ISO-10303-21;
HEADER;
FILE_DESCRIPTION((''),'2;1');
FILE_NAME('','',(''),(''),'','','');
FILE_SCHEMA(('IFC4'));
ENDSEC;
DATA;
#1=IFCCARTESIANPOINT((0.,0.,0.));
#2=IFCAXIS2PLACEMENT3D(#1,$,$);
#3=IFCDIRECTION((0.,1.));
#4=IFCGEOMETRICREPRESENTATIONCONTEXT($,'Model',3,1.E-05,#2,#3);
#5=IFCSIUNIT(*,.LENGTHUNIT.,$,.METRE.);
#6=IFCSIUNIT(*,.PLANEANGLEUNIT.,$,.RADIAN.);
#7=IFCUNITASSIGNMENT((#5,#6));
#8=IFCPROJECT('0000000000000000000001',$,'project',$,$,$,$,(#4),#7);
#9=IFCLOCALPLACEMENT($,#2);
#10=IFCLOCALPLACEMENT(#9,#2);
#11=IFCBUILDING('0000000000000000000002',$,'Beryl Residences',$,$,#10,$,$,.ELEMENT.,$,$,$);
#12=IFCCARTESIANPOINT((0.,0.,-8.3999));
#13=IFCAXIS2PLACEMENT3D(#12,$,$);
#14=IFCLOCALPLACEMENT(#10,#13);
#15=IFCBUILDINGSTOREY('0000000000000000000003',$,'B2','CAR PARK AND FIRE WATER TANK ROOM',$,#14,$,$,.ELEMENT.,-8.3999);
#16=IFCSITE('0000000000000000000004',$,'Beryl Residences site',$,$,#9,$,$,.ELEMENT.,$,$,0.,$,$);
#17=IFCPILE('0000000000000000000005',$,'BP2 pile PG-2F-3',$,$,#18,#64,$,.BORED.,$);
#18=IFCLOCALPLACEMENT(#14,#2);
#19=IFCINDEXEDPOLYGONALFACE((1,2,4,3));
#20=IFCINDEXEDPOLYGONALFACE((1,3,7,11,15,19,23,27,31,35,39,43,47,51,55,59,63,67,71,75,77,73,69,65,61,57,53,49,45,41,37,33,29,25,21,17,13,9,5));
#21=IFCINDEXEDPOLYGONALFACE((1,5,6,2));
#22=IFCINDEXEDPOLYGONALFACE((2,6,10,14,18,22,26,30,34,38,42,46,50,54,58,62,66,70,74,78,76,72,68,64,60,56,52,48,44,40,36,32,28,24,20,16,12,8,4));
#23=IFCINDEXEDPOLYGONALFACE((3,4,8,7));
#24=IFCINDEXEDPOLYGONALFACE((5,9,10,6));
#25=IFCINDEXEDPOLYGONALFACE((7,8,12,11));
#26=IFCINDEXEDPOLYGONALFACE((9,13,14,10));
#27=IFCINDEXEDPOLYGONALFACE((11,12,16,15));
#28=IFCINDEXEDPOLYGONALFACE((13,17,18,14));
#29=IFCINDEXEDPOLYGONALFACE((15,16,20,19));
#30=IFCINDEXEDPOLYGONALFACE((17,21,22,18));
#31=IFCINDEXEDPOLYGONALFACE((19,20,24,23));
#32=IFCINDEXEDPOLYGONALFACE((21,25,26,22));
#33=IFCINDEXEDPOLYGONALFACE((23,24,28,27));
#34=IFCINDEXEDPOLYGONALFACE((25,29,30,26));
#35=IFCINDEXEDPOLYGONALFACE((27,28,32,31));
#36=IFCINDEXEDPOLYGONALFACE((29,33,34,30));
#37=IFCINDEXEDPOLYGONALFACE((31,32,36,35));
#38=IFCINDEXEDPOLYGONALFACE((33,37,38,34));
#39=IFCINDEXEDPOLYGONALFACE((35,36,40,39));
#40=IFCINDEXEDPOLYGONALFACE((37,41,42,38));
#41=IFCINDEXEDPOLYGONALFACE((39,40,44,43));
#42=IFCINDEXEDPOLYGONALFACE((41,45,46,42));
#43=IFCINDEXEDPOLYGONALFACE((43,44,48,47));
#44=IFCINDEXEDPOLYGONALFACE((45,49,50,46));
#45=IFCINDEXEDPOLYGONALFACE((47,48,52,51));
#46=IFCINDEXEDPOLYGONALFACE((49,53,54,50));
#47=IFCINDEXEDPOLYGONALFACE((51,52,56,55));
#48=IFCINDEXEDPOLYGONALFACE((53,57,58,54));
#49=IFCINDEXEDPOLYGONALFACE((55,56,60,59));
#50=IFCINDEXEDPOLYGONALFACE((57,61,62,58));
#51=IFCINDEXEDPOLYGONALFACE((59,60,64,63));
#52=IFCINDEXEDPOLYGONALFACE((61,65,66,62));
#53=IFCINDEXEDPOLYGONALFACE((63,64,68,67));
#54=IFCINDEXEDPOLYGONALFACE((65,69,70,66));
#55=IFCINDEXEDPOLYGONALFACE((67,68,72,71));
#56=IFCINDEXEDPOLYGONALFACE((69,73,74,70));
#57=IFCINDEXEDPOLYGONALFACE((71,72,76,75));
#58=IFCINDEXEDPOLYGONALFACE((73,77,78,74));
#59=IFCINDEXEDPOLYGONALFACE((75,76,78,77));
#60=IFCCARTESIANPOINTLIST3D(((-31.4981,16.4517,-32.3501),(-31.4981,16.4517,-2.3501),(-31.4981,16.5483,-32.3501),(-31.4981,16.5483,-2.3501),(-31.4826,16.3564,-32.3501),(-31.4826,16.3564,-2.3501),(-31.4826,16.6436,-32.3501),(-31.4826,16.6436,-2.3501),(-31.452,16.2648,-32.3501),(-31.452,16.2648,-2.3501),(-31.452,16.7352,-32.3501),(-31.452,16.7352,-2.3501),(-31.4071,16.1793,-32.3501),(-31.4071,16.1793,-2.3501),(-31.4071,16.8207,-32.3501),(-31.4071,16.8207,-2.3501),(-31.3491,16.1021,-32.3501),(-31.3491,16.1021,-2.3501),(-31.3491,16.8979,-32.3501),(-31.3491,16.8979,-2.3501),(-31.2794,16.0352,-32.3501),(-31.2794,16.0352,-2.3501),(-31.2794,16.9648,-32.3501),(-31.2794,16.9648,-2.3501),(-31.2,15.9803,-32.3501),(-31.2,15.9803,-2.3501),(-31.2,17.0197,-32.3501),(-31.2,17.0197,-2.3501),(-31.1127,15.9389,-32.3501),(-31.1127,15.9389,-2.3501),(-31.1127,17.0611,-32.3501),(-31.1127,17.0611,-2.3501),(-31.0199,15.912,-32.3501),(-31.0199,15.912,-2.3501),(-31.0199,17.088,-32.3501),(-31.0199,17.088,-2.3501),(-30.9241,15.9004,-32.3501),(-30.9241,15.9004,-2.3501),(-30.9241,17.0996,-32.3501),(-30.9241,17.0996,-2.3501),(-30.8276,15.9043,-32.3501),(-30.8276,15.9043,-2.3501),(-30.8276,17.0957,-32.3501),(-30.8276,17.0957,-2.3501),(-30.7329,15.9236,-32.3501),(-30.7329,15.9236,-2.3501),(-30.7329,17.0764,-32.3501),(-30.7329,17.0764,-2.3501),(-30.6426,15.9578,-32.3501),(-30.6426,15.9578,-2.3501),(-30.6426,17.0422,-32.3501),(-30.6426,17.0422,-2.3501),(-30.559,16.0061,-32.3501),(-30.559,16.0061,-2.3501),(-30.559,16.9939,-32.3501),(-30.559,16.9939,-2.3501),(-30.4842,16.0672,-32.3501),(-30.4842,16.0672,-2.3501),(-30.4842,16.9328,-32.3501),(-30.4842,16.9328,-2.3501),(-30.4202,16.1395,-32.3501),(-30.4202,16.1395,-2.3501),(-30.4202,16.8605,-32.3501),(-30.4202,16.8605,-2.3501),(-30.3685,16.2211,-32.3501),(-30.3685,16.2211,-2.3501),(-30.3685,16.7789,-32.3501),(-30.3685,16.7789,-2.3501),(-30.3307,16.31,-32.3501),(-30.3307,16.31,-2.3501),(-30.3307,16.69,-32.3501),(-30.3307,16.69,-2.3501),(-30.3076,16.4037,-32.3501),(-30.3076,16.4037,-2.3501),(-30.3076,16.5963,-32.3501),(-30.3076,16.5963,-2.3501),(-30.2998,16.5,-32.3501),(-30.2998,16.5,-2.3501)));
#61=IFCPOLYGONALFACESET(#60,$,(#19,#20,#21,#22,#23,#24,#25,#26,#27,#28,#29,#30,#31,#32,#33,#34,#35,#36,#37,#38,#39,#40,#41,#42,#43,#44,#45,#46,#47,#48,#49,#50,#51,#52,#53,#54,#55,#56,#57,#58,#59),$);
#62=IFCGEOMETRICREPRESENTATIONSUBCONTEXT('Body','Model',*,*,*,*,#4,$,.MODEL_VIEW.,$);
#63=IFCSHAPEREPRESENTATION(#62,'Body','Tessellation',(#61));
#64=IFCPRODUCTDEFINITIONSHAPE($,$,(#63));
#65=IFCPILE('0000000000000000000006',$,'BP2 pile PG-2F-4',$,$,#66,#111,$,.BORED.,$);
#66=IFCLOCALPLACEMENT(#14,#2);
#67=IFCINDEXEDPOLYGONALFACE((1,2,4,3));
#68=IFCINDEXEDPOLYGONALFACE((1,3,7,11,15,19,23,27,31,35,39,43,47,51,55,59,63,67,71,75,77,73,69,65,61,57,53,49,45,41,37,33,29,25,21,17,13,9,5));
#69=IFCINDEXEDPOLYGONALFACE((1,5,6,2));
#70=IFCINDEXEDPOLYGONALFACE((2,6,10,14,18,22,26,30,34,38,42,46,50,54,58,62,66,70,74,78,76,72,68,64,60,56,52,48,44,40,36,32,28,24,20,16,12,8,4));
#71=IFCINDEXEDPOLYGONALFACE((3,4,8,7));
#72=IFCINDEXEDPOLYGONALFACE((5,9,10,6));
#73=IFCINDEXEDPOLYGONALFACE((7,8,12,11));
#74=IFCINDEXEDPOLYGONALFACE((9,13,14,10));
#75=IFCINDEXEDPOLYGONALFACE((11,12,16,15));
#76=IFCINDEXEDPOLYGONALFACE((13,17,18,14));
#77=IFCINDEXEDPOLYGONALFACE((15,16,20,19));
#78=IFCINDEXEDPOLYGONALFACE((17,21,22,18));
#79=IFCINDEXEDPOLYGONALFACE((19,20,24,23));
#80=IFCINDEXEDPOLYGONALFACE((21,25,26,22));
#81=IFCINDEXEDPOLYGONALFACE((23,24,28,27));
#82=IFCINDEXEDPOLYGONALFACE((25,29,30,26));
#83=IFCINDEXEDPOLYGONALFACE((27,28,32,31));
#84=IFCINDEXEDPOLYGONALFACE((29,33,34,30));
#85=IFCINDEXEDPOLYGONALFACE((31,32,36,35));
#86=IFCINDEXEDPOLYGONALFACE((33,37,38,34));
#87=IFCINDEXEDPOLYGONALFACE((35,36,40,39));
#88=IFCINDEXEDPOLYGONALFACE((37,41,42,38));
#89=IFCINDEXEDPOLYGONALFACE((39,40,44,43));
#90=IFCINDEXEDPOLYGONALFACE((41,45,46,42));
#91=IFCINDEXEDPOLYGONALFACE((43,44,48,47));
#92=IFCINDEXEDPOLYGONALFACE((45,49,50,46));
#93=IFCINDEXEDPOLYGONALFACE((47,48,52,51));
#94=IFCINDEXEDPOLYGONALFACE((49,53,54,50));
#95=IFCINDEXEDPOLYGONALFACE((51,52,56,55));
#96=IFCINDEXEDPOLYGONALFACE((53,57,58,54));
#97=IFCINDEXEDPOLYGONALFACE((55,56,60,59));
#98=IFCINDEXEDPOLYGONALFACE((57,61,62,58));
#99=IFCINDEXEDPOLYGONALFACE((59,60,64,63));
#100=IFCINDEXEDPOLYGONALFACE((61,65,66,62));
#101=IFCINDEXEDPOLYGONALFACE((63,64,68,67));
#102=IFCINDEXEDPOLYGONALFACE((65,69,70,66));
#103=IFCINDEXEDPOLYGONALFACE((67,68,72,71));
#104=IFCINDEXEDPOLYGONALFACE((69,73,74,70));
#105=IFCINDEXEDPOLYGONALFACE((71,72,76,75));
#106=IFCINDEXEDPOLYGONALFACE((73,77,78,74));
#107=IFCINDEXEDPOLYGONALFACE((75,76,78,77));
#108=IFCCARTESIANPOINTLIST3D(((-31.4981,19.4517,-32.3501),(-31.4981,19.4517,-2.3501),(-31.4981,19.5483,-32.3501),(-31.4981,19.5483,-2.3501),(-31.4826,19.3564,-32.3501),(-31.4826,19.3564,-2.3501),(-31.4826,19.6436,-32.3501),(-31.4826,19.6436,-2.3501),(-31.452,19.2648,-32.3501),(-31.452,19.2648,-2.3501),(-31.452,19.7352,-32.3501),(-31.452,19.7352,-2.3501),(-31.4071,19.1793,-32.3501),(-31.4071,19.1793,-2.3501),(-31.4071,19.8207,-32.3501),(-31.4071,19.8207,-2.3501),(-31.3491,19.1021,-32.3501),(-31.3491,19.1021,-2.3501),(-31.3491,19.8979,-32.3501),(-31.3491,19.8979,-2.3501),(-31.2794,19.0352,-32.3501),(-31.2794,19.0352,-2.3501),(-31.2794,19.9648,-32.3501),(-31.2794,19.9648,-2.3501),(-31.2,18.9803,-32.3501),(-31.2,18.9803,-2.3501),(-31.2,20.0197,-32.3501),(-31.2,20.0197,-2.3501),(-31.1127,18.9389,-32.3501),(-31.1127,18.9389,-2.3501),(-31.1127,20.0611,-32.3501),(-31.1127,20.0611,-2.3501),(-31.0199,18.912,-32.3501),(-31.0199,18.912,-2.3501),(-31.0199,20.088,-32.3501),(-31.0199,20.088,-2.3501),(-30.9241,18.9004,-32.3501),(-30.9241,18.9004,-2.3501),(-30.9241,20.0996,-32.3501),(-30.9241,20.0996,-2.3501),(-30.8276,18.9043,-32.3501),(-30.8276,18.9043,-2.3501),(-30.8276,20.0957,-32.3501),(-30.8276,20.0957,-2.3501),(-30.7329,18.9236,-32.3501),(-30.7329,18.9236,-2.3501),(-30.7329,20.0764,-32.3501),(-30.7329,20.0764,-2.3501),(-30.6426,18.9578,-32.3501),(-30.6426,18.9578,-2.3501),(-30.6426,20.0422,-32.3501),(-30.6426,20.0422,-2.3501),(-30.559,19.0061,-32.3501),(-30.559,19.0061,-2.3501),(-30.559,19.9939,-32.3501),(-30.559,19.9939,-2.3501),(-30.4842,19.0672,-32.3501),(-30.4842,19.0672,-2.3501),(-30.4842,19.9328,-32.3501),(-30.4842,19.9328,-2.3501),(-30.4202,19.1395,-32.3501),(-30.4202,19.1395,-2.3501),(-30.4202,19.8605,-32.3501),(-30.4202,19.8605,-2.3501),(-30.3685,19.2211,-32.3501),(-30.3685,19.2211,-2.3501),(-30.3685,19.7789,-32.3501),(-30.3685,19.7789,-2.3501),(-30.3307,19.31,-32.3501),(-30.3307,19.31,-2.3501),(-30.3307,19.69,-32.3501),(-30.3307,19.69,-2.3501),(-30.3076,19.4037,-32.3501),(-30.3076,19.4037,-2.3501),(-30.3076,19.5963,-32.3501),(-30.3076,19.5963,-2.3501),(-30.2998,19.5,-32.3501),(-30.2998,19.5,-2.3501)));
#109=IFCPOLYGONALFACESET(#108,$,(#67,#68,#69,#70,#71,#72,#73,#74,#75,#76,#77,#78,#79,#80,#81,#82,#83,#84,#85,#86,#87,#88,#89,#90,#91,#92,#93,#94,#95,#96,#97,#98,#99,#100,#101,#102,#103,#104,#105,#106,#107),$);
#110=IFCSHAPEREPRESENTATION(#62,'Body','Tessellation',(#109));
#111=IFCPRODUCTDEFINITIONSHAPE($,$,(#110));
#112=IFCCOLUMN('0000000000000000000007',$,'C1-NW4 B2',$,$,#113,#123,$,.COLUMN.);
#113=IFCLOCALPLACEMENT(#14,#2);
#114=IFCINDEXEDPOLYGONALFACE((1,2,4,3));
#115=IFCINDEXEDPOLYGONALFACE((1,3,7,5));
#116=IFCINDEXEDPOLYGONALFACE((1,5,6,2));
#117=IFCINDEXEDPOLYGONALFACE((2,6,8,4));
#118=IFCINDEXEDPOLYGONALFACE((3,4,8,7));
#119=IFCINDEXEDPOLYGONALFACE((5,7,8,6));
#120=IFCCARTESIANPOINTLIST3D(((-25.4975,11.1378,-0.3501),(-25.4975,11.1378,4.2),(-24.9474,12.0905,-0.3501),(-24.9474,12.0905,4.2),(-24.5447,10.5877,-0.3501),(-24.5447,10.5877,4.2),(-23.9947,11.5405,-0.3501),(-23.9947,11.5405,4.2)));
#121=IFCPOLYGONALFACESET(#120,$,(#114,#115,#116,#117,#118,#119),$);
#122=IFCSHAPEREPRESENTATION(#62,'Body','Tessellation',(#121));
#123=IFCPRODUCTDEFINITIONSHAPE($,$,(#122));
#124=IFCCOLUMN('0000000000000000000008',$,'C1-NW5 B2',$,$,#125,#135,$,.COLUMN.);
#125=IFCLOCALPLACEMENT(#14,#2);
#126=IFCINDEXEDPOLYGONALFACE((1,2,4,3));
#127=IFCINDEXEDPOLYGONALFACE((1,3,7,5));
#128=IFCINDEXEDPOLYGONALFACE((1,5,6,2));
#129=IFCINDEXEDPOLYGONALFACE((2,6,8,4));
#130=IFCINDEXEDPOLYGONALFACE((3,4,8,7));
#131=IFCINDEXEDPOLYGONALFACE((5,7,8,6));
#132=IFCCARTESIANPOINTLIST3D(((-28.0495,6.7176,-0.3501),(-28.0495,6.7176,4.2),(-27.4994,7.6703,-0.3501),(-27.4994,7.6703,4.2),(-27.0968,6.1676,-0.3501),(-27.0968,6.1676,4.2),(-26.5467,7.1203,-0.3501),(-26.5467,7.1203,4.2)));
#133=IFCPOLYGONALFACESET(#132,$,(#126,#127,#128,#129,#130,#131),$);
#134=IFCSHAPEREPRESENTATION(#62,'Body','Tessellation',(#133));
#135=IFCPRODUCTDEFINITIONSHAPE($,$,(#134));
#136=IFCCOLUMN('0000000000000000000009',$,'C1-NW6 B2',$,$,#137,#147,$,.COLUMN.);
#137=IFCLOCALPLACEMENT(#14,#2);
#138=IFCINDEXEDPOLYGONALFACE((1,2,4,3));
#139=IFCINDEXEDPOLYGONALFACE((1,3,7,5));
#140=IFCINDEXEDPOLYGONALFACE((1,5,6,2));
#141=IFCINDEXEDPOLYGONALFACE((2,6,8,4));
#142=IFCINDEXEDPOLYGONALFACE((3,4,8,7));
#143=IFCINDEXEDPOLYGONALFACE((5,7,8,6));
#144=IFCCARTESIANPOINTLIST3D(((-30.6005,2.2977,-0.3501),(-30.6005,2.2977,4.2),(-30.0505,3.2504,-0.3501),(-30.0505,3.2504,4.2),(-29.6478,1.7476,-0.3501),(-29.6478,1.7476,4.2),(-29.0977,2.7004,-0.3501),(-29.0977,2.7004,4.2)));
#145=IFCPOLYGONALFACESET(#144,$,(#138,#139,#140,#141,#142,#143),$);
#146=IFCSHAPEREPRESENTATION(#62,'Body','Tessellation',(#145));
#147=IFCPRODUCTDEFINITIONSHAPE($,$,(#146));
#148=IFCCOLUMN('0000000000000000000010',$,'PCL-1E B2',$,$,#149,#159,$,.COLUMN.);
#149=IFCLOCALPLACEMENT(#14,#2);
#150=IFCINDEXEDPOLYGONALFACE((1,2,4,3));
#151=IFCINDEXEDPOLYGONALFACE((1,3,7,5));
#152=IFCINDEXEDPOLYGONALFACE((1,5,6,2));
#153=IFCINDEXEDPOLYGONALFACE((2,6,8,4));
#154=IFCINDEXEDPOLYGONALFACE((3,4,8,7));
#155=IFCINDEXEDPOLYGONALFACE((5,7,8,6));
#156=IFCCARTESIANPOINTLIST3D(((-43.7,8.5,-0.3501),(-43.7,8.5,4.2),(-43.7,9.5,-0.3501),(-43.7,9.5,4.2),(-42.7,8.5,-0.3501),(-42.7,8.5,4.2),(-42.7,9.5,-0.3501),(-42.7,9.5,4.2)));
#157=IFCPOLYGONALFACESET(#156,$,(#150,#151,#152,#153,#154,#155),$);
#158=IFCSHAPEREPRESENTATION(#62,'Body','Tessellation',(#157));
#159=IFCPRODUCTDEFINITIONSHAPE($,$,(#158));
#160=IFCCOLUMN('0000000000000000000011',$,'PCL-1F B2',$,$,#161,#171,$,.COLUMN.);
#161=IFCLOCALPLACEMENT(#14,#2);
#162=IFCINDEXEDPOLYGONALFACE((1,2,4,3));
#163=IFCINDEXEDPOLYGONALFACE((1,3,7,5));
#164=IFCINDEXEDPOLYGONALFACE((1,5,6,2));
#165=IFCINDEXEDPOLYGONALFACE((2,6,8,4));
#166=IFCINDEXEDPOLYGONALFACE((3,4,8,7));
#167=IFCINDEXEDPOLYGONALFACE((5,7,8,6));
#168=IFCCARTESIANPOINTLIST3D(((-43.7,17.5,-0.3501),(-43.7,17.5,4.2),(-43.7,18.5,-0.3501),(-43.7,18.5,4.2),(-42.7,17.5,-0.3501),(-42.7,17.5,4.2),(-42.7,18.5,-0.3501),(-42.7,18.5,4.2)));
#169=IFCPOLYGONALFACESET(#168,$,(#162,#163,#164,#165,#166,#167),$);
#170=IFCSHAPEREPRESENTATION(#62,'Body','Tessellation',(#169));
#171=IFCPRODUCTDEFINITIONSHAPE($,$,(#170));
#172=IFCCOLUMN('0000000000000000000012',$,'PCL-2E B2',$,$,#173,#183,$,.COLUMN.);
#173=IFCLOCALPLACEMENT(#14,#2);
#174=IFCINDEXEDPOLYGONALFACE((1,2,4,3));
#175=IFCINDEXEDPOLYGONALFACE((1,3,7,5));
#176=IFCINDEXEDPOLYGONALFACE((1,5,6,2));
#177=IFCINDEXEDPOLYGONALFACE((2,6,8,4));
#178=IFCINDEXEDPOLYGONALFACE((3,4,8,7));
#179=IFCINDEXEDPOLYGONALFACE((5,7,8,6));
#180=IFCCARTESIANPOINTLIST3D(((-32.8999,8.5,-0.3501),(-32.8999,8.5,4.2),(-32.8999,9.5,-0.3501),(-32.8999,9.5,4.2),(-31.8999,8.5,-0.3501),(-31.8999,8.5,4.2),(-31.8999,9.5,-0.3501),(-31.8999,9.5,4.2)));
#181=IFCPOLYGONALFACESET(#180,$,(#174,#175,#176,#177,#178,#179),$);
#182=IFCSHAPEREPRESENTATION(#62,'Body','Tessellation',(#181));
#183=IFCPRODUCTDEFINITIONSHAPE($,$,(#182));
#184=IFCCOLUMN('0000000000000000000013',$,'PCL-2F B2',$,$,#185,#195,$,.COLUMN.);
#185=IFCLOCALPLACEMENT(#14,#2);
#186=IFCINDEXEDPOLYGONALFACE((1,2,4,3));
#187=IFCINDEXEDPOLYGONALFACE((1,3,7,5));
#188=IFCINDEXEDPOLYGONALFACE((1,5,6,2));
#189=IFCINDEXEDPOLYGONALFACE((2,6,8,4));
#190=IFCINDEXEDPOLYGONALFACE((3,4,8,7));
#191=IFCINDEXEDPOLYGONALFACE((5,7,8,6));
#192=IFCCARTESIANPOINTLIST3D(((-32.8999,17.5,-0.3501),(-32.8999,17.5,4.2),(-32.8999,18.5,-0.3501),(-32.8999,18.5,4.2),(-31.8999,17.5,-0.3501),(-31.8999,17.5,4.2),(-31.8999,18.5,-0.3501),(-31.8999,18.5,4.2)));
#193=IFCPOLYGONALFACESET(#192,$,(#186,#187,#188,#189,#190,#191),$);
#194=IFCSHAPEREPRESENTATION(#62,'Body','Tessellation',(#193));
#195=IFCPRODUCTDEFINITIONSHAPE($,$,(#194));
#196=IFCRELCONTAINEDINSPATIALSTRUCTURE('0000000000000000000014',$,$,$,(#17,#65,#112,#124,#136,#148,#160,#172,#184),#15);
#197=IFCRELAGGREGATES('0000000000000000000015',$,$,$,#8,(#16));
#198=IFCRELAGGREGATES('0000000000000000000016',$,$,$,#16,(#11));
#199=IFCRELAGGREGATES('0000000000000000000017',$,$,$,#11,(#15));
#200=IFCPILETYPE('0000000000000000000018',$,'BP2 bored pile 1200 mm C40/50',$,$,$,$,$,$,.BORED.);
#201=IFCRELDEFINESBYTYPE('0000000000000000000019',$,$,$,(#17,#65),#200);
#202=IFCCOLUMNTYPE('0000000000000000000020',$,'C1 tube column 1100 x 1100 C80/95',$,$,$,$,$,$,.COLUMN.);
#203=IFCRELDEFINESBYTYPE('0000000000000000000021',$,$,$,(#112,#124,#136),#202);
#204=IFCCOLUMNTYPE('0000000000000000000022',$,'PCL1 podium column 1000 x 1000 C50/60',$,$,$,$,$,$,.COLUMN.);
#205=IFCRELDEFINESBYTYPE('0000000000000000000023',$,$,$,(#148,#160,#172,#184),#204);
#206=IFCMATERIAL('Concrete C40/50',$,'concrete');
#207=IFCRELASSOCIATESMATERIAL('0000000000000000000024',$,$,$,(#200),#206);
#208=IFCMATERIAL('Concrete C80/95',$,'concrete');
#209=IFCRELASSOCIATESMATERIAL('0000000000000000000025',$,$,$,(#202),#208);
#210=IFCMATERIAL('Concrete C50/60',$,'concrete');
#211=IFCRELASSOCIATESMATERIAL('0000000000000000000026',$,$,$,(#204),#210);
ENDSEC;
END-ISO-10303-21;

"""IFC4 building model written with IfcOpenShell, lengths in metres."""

from ifc_helpers import new_model, si_unit, direction, frame, origin, origin_2d, place, context, subcontext, project, spatial, rectangle, circle, extrude, material, material_profile, profile_set, type_object, element, save


model = new_model("IFC4")

# Units and contexts
model_context = context("Model", 3, precision=1e-05, world=origin(), true_north=direction((0.0, 1.0)))
body_context = subcontext(model_context, "Body", "Model", "MODEL_VIEW")
ifc_project = project(units=[si_unit("LENGTHUNIT", "METRE"), si_unit("PLANEANGLEUNIT", "RADIAN")], contexts=[model_context])

# Site, building, storey
site_placement = place(None, origin())
site = spatial("IfcSite", under=ifc_project, at=site_placement, Name="Beryl Residences site", CompositionType="ELEMENT", RefElevation=0.0)
building_placement = place(site_placement, origin())
building = spatial("IfcBuilding", under=site, at=building_placement, Name="Beryl Residences", CompositionType="ELEMENT")
storey_placement = place(building_placement, frame((0.0, 0.0, -8.3999)))
storey = spatial("IfcBuildingStorey", under=building, at=storey_placement, Name="B2", Description="CAR PARK AND FIRE WATER TANK ROOM", CompositionType="ELEMENT", Elevation=-8.3999)

# Piles
ifc_material_1 = material(Name="Concrete C40/50", Category="concrete")
ifc_material_profile_1 = material_profile(ifc_material_1, circle(Radius=0.6001, at=origin_2d()))
ifc_profile_set_1 = profile_set([ifc_material_profile_1], Name="Concrete C40/50")
pile_type_1 = type_object("IfcPileType", Name="BP2 bored pile 1200 mm C40/50", PredefinedType="BORED", material=ifc_profile_set_1)
for number, where, z_axis, x_axis, name in (
    (1, (-30.8999, 16.5, -2.3501), (0.0, 0.0, -1.0), (1.0, 0.0, 0.0), "BP2 pile PG-2F-3"),
    (2, (-30.8999, 19.5, -2.3501), (0.0, 0.0, -1.0), (1.0, 0.0, 0.0), "BP2 pile PG-2F-4"),
):
    element("IfcPile", number, at=place(storey_placement, frame(where, z_axis=z_axis, x_axis=x_axis)), inside=storey, type_object=pile_type_1, Name=name, PredefinedType="BORED", context=body_context, shape_type="SweptSolid", body=[
        extrude(circle(Radius=0.6001, at=origin_2d()), origin(), (0.0, 0.0, 1.0), 30.0),
    ])

# Columns
ifc_material_2 = material(Name="Concrete C80/95", Category="concrete")
ifc_material_profile_2 = material_profile(ifc_material_2, rectangle(XDim=1.1001, YDim=1.1001, at=origin_2d()))
ifc_profile_set_2 = profile_set([ifc_material_profile_2], Name="Concrete C80/95")
column_type_1 = type_object("IfcColumnType", Name="C1 tube column 1100 x 1100 C80/95", PredefinedType="COLUMN", material=ifc_profile_set_2)
for number, where, z_axis, x_axis, name in (
    (3, (-24.7461, 11.3391, -0.3501), (0.0, 0.0, 1.0), (-0.499985, -0.866034, 0.0), "C1-NW4 B2"),
    (4, (-27.2981, 6.9189, -0.3501), (0.0, 0.0, 1.0), (-0.499985, -0.866034, 0.0), "C1-NW5 B2"),
    (5, (-29.8491, 2.499, -0.3501), (0.0, 0.0, 1.0), (-0.499985, -0.866034, 0.0), "C1-NW6 B2"),
):
    element("IfcColumn", number, at=place(storey_placement, frame(where, z_axis=z_axis, x_axis=x_axis)), inside=storey, type_object=column_type_1, Name=name, PredefinedType="COLUMN", context=body_context, shape_type="SweptSolid", body=[
        extrude(rectangle(XDim=1.1001, YDim=1.1001, at=origin_2d()), origin(), (0.0, 0.0, 1.0), 4.55),
    ])
ifc_material_3 = material(Name="Concrete C50/60", Category="concrete")
ifc_material_profile_3 = material_profile(ifc_material_3, rectangle(XDim=1.0, YDim=1.0, at=origin_2d()))
ifc_profile_set_3 = profile_set([ifc_material_profile_3], Name="Concrete C50/60")
column_type_2 = type_object("IfcColumnType", Name="PCL1 podium column 1000 x 1000 C50/60", PredefinedType="COLUMN", material=ifc_profile_set_3)
for number, where, z_axis, x_axis, name in (
    (6, (-43.2, 9.0, -0.3501), (0.0, 0.0, 1.0), (1.0, 0.0, 0.0), "PCL-1E B2"),
    (7, (-43.2, 18.0, -0.3501), (0.0, 0.0, 1.0), (1.0, 0.0, 0.0), "PCL-1F B2"),
    (8, (-32.3999, 9.0, -0.3501), (0.0, 0.0, 1.0), (1.0, 0.0, 0.0), "PCL-2E B2"),
    (9, (-32.3999, 18.0, -0.3501), (0.0, 0.0, 1.0), (1.0, 0.0, 0.0), "PCL-2F B2"),
):
    element("IfcColumn", number, at=place(storey_placement, frame(where, z_axis=z_axis, x_axis=x_axis)), inside=storey, type_object=column_type_2, Name=name, PredefinedType="COLUMN", context=body_context, shape_type="SweptSolid", body=[
        extrude(rectangle(XDim=1.0, YDim=1.0, at=origin_2d()), origin(), (0.0, 0.0, 1.0), 4.55),
    ])

save(model, "model.ifc")
